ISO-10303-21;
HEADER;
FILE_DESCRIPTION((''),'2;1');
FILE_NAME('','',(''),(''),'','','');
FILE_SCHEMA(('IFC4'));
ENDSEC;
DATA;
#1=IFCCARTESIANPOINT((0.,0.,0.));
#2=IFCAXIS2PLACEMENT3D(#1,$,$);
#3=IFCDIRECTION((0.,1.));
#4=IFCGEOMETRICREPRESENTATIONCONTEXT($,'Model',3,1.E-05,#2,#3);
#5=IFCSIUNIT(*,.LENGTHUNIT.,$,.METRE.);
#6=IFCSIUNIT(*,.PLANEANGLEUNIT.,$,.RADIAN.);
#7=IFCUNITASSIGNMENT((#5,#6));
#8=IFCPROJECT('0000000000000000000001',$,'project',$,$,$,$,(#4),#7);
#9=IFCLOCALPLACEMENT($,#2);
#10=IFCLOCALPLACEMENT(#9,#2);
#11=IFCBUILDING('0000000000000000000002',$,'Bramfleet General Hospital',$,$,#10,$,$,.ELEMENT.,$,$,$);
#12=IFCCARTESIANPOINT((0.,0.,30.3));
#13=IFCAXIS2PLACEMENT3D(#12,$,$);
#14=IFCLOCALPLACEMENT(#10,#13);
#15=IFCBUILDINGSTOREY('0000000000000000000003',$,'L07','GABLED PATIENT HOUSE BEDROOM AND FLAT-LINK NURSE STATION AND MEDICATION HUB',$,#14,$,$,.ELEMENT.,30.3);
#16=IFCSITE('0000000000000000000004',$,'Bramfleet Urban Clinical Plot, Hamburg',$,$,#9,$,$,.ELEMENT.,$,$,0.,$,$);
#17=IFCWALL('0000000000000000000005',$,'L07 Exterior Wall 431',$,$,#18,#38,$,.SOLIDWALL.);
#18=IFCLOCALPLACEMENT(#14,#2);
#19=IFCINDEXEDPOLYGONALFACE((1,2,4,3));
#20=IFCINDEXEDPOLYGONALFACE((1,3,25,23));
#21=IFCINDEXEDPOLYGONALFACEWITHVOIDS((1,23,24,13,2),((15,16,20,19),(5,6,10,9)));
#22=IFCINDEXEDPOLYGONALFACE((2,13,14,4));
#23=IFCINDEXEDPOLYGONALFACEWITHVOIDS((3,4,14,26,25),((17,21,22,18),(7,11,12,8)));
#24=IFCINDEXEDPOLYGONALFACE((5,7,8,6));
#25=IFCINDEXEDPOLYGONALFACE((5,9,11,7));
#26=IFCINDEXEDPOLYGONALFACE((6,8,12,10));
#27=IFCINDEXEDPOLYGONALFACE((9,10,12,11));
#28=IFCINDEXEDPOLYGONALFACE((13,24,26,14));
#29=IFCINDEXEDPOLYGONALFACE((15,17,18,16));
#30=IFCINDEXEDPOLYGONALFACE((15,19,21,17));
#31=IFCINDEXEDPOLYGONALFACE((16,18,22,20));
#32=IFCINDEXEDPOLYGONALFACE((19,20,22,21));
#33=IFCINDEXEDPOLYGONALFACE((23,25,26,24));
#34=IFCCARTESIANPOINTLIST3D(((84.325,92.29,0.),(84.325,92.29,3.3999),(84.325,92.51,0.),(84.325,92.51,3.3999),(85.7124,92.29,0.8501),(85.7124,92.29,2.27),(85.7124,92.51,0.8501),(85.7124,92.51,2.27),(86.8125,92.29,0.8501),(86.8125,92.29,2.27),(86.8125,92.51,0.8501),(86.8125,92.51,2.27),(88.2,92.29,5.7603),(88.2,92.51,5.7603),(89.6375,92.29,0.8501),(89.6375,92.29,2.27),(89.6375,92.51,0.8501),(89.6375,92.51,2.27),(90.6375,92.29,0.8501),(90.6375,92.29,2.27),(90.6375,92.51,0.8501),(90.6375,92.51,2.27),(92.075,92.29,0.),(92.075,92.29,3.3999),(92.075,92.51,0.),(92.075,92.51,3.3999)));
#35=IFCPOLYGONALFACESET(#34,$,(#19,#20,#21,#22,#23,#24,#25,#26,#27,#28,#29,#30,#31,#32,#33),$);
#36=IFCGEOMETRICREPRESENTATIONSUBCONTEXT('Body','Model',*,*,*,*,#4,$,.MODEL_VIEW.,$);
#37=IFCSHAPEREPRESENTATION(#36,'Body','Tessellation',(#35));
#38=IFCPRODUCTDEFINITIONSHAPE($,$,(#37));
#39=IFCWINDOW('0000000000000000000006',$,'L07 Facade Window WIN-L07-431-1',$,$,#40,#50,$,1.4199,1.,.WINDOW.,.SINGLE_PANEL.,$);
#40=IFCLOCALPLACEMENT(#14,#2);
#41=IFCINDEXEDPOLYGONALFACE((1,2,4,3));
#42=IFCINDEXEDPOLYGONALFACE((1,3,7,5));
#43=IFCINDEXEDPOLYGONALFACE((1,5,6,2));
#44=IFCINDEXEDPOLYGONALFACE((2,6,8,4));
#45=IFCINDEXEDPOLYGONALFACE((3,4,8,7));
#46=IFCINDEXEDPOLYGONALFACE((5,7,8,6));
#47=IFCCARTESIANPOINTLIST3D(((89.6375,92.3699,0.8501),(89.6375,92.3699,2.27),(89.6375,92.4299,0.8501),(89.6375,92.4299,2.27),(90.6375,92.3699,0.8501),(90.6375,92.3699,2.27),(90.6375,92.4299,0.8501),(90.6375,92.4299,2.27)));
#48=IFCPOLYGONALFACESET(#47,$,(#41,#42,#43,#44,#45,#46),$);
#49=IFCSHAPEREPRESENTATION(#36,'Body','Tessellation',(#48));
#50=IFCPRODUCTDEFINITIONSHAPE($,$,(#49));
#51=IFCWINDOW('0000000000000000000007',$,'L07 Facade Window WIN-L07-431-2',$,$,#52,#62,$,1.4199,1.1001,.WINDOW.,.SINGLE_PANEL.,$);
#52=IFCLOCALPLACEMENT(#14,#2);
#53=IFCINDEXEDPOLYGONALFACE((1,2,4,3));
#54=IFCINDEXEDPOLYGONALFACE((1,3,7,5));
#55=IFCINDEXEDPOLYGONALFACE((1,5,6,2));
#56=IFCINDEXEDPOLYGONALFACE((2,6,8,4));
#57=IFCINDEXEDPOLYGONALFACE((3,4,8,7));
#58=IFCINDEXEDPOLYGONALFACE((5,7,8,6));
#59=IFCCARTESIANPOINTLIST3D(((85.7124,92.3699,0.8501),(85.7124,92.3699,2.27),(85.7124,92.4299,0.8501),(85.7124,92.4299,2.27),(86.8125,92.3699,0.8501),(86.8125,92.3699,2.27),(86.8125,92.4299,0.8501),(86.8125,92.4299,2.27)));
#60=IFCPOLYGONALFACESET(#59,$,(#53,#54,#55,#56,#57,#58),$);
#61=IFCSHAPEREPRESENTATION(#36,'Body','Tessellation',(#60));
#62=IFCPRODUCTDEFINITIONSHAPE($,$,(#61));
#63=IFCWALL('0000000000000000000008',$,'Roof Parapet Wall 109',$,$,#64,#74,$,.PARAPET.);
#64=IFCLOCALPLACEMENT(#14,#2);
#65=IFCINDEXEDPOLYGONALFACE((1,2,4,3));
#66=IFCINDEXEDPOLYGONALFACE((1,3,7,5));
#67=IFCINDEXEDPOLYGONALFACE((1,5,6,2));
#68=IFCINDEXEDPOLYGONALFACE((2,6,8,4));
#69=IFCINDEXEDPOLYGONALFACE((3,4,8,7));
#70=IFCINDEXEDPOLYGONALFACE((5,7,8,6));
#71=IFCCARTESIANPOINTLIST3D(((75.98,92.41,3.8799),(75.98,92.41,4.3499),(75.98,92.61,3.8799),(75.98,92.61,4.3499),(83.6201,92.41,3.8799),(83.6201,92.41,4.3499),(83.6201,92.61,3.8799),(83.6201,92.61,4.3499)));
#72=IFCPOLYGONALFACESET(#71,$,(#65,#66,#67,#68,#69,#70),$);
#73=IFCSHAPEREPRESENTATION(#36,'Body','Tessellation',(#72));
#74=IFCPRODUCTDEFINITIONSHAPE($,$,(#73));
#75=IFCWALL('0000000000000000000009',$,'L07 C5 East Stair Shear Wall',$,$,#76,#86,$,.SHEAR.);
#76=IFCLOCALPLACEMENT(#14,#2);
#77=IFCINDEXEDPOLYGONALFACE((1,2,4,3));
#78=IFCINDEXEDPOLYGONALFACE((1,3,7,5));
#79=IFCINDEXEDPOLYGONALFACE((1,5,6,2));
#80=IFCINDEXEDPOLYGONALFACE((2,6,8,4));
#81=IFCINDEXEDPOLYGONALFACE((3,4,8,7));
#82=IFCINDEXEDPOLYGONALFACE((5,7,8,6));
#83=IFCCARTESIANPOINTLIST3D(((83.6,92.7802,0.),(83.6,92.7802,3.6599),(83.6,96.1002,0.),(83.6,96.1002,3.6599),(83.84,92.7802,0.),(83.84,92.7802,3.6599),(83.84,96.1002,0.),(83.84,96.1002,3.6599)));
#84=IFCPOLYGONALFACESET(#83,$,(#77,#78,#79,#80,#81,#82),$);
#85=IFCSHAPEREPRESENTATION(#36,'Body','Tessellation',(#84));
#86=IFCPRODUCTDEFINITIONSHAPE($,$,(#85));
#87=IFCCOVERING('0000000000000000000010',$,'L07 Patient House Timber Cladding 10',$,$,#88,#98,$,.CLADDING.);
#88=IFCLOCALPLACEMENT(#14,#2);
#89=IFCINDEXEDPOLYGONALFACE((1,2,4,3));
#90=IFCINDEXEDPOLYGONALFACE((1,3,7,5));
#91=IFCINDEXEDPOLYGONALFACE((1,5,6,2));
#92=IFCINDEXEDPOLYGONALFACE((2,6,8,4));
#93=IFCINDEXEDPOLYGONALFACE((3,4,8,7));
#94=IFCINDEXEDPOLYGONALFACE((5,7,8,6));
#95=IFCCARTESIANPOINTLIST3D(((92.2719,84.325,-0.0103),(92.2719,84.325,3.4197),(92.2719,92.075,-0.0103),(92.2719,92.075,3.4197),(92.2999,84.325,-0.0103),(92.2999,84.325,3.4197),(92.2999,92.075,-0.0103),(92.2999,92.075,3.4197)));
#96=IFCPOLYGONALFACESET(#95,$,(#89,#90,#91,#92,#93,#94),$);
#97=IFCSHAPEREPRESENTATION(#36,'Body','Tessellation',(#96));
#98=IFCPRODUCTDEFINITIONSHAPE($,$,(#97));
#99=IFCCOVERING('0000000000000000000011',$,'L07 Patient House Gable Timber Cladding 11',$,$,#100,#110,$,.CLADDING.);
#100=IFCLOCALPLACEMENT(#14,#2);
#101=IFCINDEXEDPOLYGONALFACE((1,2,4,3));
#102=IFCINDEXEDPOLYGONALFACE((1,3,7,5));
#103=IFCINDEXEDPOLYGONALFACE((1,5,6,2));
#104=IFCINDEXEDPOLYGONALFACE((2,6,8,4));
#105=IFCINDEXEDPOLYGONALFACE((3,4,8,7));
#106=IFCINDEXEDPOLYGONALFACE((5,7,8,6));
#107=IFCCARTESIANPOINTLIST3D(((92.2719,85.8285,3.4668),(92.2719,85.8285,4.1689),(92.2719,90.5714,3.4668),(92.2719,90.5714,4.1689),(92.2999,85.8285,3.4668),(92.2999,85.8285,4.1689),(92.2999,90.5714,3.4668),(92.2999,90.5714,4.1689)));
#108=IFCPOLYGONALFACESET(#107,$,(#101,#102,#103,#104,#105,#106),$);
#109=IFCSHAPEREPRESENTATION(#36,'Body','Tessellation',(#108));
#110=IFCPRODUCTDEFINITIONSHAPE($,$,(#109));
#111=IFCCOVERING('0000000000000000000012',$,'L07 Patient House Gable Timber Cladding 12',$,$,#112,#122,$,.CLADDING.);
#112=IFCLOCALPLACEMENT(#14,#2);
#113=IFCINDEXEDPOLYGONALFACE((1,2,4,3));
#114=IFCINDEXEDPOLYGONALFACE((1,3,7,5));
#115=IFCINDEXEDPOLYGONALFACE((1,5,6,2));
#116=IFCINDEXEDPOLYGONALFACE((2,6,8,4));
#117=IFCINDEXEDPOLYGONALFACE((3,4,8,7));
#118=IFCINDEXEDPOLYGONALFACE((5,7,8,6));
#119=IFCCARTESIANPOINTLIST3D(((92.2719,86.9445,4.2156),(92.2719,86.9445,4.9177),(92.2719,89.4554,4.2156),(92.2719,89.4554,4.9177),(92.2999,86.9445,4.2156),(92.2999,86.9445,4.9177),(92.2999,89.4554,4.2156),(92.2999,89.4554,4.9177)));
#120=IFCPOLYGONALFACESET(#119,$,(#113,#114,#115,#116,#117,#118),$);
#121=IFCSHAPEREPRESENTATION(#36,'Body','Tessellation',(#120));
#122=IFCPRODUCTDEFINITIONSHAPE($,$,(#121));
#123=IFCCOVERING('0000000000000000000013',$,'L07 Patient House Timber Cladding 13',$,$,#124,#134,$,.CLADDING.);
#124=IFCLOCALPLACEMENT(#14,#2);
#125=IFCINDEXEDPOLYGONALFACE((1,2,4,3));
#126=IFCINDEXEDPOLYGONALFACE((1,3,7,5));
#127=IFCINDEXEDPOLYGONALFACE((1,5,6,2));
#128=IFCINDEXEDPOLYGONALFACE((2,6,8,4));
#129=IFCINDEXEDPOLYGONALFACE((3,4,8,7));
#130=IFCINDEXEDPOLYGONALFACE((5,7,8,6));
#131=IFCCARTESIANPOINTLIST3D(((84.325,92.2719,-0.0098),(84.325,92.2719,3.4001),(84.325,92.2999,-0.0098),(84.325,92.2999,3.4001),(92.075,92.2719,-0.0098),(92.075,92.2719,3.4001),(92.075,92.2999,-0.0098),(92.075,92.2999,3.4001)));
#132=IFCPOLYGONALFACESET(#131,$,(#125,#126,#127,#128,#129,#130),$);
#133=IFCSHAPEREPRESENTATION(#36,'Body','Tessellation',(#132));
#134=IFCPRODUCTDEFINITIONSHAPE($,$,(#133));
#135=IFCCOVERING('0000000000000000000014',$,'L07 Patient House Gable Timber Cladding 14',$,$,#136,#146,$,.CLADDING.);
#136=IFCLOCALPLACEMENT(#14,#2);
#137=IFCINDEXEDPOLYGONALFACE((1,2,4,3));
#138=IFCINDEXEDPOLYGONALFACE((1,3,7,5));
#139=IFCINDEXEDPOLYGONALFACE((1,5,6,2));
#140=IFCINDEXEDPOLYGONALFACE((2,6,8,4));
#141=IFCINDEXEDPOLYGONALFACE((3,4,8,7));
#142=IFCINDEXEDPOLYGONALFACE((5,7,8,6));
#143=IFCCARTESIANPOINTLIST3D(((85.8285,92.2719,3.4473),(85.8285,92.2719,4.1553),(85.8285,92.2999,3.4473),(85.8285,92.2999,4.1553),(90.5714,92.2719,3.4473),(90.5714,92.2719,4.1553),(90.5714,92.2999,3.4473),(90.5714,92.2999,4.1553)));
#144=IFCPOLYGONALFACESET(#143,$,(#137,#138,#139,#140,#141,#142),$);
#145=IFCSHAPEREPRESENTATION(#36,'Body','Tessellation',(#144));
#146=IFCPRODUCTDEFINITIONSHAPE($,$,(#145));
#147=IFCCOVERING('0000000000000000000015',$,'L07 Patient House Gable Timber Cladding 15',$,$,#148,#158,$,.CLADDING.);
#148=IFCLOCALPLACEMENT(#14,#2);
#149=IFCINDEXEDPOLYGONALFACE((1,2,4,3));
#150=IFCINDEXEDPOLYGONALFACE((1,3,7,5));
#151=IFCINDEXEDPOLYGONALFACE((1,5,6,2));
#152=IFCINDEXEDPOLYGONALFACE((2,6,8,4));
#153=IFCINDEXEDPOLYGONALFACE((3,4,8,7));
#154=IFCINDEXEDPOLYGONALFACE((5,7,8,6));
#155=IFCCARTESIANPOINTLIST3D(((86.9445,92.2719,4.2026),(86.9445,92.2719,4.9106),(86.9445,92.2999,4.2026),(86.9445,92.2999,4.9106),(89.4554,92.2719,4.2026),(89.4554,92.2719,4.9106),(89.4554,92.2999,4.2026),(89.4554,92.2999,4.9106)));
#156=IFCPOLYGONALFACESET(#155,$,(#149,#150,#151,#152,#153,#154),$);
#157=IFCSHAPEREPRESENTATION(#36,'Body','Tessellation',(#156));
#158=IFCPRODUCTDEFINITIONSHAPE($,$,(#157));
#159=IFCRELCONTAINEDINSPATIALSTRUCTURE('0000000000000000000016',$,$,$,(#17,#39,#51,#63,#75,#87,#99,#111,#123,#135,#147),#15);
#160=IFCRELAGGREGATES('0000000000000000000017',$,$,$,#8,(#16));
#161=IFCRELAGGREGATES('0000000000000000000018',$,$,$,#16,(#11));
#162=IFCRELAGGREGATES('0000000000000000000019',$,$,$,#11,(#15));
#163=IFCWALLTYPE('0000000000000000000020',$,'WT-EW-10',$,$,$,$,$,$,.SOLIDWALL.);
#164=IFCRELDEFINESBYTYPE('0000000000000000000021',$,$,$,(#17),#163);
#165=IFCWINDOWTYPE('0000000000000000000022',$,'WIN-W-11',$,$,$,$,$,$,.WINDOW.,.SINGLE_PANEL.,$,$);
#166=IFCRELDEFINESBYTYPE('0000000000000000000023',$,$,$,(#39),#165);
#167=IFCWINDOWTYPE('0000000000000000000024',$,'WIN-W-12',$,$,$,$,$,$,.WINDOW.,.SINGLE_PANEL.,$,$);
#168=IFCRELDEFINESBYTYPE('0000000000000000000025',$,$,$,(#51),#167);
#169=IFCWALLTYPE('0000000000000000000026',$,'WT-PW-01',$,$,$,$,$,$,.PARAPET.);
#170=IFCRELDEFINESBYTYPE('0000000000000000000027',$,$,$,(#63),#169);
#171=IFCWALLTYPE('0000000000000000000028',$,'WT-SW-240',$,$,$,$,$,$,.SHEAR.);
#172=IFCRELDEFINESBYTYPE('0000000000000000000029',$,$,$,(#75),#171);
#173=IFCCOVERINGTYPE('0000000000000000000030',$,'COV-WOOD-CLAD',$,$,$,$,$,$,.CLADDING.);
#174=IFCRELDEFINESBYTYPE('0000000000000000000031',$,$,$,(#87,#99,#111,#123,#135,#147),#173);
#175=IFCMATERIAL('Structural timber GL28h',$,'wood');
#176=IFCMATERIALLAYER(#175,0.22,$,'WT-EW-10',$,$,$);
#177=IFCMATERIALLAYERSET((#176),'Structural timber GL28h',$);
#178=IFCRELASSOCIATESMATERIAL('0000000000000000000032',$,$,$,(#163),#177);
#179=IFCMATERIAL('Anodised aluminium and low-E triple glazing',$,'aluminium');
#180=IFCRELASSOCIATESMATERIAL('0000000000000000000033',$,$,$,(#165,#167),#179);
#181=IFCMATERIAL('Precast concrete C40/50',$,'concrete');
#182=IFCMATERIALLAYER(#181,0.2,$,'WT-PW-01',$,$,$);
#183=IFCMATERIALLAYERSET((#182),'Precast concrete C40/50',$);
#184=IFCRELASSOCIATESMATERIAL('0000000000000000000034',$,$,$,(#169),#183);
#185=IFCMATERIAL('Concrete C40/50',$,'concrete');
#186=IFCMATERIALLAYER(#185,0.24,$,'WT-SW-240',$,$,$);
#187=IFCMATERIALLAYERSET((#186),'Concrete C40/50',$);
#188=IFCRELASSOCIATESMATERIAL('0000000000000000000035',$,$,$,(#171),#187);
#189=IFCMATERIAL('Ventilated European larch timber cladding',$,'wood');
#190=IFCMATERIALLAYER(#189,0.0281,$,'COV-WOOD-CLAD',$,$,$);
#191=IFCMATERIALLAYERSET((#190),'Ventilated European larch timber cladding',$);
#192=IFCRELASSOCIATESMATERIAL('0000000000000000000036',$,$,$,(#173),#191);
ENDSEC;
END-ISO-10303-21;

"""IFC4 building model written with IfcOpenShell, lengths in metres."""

from ifc_helpers import new_model, si_unit, direction, frame, frame_2d, origin, origin_2d, place, context, subcontext, project, spatial, polyline, rectangle, outline, extrude, material, layer, layer_set, type_object, element, fill, save


model = new_model("IFC4")

# Units and contexts
model_context = context("Model", 3, precision=1e-05, world=origin(), true_north=direction((0.0, 1.0)))
body_context = subcontext(model_context, "Body", "Model", "MODEL_VIEW")
ifc_project = project(units=[si_unit("LENGTHUNIT", "METRE"), si_unit("PLANEANGLEUNIT", "RADIAN")], contexts=[model_context])

# Site, building, storey
site_placement = place(None, origin())
site = spatial("IfcSite", under=ifc_project, at=site_placement, Name="Bramfleet Urban Clinical Plot, Hamburg", CompositionType="ELEMENT", RefElevation=0.0)
building_placement = place(site_placement, origin())
building = spatial("IfcBuilding", under=site, at=building_placement, Name="Bramfleet General Hospital", CompositionType="ELEMENT")
storey_placement = place(building_placement, frame((0.0, 0.0, 30.3)))
storey = spatial("IfcBuildingStorey", under=building, at=storey_placement, Name="L07", Description="GABLED PATIENT HOUSE BEDROOM AND FLAT-LINK NURSE STATION AND MEDICATION HUB", CompositionType="ELEMENT", Elevation=30.3)

# Shared definitions
ifc_material_1 = material(Name="Concrete C40/50", Category="concrete")

# Shared definitions
ifc_material_2 = material(Name="Anodised aluminium and low-E triple glazing", Category="aluminium")

# Wall, openings, windows
ifc_material_3 = material(Name="Structural timber GL28h", Category="wood")
ifc_layer_1 = layer(ifc_material_3, 0.22, Name="WT-EW-10")
ifc_layer_set_1 = layer_set([ifc_layer_1], Name="Structural timber GL28h")
wall_type_1 = type_object("IfcWallType", Name="WT-EW-10", PredefinedType="SOLIDWALL", material=ifc_layer_set_1)
wall_1_placement = place(storey_placement, frame((92.075, 92.3999, 0.0), z_axis=(0.0, 0.0, 1.0), x_axis=(-1.0, 0.0, 0.0)))
wall_1 = element("IfcWall", 1, at=wall_1_placement, inside=storey, type_object=wall_type_1, Name="L07 Exterior Wall 431", PredefinedType="SOLIDWALL", context=body_context, shape_type="SweptSolid", body=[
    extrude(outline(polyline([(0.0, 0.0), (7.75, 0.0), (7.75, 3.3999), (3.875, 5.7603), (0.0, 3.3999), (0.0, 0.0)])), frame((0.0, 0.1099, 0.0), z_axis=(0.0, -1.0, 0.0), x_axis=(1.0, 0.0, 0.0)), (0.0, 0.0, 1.0), 0.22),
])
opening_1_placement = place(wall_1_placement, frame((1.4375, 0.0, 0.8501)))
opening_1 = element("IfcOpeningElement", 2, at=opening_1_placement, cuts=wall_1, PredefinedType="OPENING", context=body_context, shape_type="SweptSolid", body=[
    extrude(rectangle(XDim=1.0, YDim=1.4199, at=frame_2d((0.5, 0.71))), frame((0.0, 0.1199, 0.0), z_axis=(0.0, -1.0, 0.0), x_axis=(1.0, 0.0, 0.0)), (0.0, 0.0, 1.0), 0.24),
])
opening_2_placement = place(wall_1_placement, frame((5.2625, 0.0, 0.8501)))
opening_2 = element("IfcOpeningElement", 3, at=opening_2_placement, cuts=wall_1, PredefinedType="OPENING", context=body_context, shape_type="SweptSolid", body=[
    extrude(rectangle(XDim=1.1001, YDim=1.4199, at=frame_2d((0.55, 0.71))), frame((0.0, 0.1199, 0.0), z_axis=(0.0, -1.0, 0.0), x_axis=(1.0, 0.0, 0.0)), (0.0, 0.0, 1.0), 0.24),
])
window_type_1 = type_object("IfcWindowType", Name="WIN-W-11", PartitioningType="SINGLE_PANEL", PredefinedType="WINDOW", material=ifc_material_2)
window_1_placement = place(opening_1_placement, origin())
window_1 = element("IfcWindow", 4, at=window_1_placement, inside=storey, type_object=window_type_1, Name="L07 Facade Window WIN-L07-431-1", OverallHeight=1.4199, OverallWidth=1.0, PartitioningType="SINGLE_PANEL", PredefinedType="WINDOW", context=body_context, shape_type="SweptSolid", body=[
    extrude(rectangle(XDim=1.0, YDim=1.4199, at=frame_2d((0.5, 0.71))), frame((0.0, 0.03, 0.0), z_axis=(0.0, -1.0, 0.0), x_axis=(1.0, 0.0, 0.0)), (0.0, 0.0, 1.0), 0.0601),
])
fill(opening_1, window_1)
window_type_2 = type_object("IfcWindowType", Name="WIN-W-12", PartitioningType="SINGLE_PANEL", PredefinedType="WINDOW", material=ifc_material_2)
window_2_placement = place(opening_2_placement, origin())
window_2 = element("IfcWindow", 5, at=window_2_placement, inside=storey, type_object=window_type_2, Name="L07 Facade Window WIN-L07-431-2", OverallHeight=1.4199, OverallWidth=1.1001, PartitioningType="SINGLE_PANEL", PredefinedType="WINDOW", context=body_context, shape_type="SweptSolid", body=[
    extrude(rectangle(XDim=1.1001, YDim=1.4199, at=frame_2d((0.55, 0.71))), frame((0.0, 0.03, 0.0), z_axis=(0.0, -1.0, 0.0), x_axis=(1.0, 0.0, 0.0)), (0.0, 0.0, 1.0), 0.0601),
])
fill(opening_2, window_2)

# Walls
ifc_material_4 = material(Name="Precast concrete C40/50", Category="concrete")
ifc_layer_2 = layer(ifc_material_4, 0.2, Name="WT-PW-01")
ifc_layer_set_2 = layer_set([ifc_layer_2], Name="Precast concrete C40/50")
wall_type_2 = type_object("IfcWallType", Name="WT-PW-01", PredefinedType="PARAPET", material=ifc_layer_set_2)
wall_2_placement = place(storey_placement, frame((83.6201, 92.51, 3.8799), z_axis=(0.0, 0.0, 1.0), x_axis=(-1.0, 0.0, 0.0)))
element("IfcWall", 6, at=wall_2_placement, inside=storey, type_object=wall_type_2, Name="Roof Parapet Wall 109", PredefinedType="PARAPET", context=body_context, shape_type="SweptSolid", body=[
    extrude(rectangle(XDim=7.6401, YDim=0.2, at=frame_2d((3.8201, 0.0))), origin(), (0.0, 0.0, 1.0), 0.47),
])
ifc_layer_3 = layer(ifc_material_1, 0.24, Name="WT-SW-240")
ifc_layer_set_3 = layer_set([ifc_layer_3], Name="Concrete C40/50")
wall_type_3 = type_object("IfcWallType", Name="WT-SW-240", PredefinedType="SHEAR", material=ifc_layer_set_3)
wall_3_placement = place(storey_placement, frame((83.72, 92.78, 0.0), z_axis=(0.0, 0.0, 1.0), x_axis=(0.0, 1.0, 0.0)))
element("IfcWall", 7, at=wall_3_placement, inside=storey, type_object=wall_type_3, Name="L07 C5 East Stair Shear Wall", PredefinedType="SHEAR", context=body_context, shape_type="SweptSolid", body=[
    extrude(rectangle(XDim=3.3201, YDim=0.24, at=frame_2d((1.6602, 0.0))), origin(), (0.0, 0.0, 1.0), 3.6599),
])

# Coverings
ifc_material_5 = material(Name="Ventilated European larch timber cladding", Category="wood")
ifc_layer_4 = layer(ifc_material_5, 0.0281, Name="COV-WOOD-CLAD")
ifc_layer_set_4 = layer_set([ifc_layer_4], Name="Ventilated European larch timber cladding")
covering_type = type_object("IfcCoveringType", Name="COV-WOOD-CLAD", PredefinedType="CLADDING", material=ifc_layer_set_4)
covering_1_placement = place(storey_placement, frame((92.2859, 88.2, -0.0103), z_axis=(0.0, 0.0, 1.0), x_axis=(0.0, 1.0, 0.0)))
element("IfcCovering", 8, at=covering_1_placement, inside=storey, type_object=covering_type, Name="L07 Patient House Timber Cladding 10", PredefinedType="CLADDING", context=body_context, shape_type="SweptSolid", body=[
    extrude(rectangle(XDim=7.75, YDim=0.0281, at=origin_2d()), origin(), (0.0, 0.0, 1.0), 3.4299),
])
covering_2_placement = place(storey_placement, frame((92.2859, 88.2, 3.4668), z_axis=(0.0, 0.0, 1.0), x_axis=(0.0, 1.0, 0.0)))
element("IfcCovering", 9, at=covering_2_placement, inside=storey, type_object=covering_type, Name="L07 Patient House Gable Timber Cladding 11", PredefinedType="CLADDING", context=body_context, shape_type="SweptSolid", body=[
    extrude(rectangle(XDim=4.7429, YDim=0.0281, at=origin_2d()), origin(), (0.0, 0.0, 1.0), 0.7021),
])
covering_3_placement = place(storey_placement, frame((92.2859, 88.2, 4.2156), z_axis=(0.0, 0.0, 1.0), x_axis=(0.0, 1.0, 0.0)))
element("IfcCovering", 10, at=covering_3_placement, inside=storey, type_object=covering_type, Name="L07 Patient House Gable Timber Cladding 12", PredefinedType="CLADDING", context=body_context, shape_type="SweptSolid", body=[
    extrude(rectangle(XDim=2.511, YDim=0.0281, at=origin_2d()), origin(), (0.0, 0.0, 1.0), 0.7021),
])
covering_4_placement = place(storey_placement, frame((88.2, 92.2859, -0.0098), z_axis=(0.0, 0.0, 1.0), x_axis=(-1.0, 0.0, 0.0)))
element("IfcCovering", 11, at=covering_4_placement, inside=storey, type_object=covering_type, Name="L07 Patient House Timber Cladding 13", PredefinedType="CLADDING", context=body_context, shape_type="SweptSolid", body=[
    extrude(rectangle(XDim=7.75, YDim=0.0281, at=origin_2d()), origin(), (0.0, 0.0, 1.0), 3.4099),
])
covering_5_placement = place(storey_placement, frame((88.2, 92.2859, 3.4473), z_axis=(0.0, 0.0, 1.0), x_axis=(-1.0, 0.0, 0.0)))
element("IfcCovering", 12, at=covering_5_placement, inside=storey, type_object=covering_type, Name="L07 Patient House Gable Timber Cladding 14", PredefinedType="CLADDING", context=body_context, shape_type="SweptSolid", body=[
    extrude(rectangle(XDim=4.7429, YDim=0.0281, at=origin_2d()), origin(), (0.0, 0.0, 1.0), 0.708),
])
covering_6_placement = place(storey_placement, frame((88.2, 92.2859, 4.2026), z_axis=(0.0, 0.0, 1.0), x_axis=(-1.0, 0.0, 0.0)))
element("IfcCovering", 13, at=covering_6_placement, inside=storey, type_object=covering_type, Name="L07 Patient House Gable Timber Cladding 15", PredefinedType="CLADDING", context=body_context, shape_type="SweptSolid", body=[
    extrude(rectangle(XDim=2.511, YDim=0.0281, at=origin_2d()), origin(), (0.0, 0.0, 1.0), 0.708),
])

save(model, "model.ifc")
